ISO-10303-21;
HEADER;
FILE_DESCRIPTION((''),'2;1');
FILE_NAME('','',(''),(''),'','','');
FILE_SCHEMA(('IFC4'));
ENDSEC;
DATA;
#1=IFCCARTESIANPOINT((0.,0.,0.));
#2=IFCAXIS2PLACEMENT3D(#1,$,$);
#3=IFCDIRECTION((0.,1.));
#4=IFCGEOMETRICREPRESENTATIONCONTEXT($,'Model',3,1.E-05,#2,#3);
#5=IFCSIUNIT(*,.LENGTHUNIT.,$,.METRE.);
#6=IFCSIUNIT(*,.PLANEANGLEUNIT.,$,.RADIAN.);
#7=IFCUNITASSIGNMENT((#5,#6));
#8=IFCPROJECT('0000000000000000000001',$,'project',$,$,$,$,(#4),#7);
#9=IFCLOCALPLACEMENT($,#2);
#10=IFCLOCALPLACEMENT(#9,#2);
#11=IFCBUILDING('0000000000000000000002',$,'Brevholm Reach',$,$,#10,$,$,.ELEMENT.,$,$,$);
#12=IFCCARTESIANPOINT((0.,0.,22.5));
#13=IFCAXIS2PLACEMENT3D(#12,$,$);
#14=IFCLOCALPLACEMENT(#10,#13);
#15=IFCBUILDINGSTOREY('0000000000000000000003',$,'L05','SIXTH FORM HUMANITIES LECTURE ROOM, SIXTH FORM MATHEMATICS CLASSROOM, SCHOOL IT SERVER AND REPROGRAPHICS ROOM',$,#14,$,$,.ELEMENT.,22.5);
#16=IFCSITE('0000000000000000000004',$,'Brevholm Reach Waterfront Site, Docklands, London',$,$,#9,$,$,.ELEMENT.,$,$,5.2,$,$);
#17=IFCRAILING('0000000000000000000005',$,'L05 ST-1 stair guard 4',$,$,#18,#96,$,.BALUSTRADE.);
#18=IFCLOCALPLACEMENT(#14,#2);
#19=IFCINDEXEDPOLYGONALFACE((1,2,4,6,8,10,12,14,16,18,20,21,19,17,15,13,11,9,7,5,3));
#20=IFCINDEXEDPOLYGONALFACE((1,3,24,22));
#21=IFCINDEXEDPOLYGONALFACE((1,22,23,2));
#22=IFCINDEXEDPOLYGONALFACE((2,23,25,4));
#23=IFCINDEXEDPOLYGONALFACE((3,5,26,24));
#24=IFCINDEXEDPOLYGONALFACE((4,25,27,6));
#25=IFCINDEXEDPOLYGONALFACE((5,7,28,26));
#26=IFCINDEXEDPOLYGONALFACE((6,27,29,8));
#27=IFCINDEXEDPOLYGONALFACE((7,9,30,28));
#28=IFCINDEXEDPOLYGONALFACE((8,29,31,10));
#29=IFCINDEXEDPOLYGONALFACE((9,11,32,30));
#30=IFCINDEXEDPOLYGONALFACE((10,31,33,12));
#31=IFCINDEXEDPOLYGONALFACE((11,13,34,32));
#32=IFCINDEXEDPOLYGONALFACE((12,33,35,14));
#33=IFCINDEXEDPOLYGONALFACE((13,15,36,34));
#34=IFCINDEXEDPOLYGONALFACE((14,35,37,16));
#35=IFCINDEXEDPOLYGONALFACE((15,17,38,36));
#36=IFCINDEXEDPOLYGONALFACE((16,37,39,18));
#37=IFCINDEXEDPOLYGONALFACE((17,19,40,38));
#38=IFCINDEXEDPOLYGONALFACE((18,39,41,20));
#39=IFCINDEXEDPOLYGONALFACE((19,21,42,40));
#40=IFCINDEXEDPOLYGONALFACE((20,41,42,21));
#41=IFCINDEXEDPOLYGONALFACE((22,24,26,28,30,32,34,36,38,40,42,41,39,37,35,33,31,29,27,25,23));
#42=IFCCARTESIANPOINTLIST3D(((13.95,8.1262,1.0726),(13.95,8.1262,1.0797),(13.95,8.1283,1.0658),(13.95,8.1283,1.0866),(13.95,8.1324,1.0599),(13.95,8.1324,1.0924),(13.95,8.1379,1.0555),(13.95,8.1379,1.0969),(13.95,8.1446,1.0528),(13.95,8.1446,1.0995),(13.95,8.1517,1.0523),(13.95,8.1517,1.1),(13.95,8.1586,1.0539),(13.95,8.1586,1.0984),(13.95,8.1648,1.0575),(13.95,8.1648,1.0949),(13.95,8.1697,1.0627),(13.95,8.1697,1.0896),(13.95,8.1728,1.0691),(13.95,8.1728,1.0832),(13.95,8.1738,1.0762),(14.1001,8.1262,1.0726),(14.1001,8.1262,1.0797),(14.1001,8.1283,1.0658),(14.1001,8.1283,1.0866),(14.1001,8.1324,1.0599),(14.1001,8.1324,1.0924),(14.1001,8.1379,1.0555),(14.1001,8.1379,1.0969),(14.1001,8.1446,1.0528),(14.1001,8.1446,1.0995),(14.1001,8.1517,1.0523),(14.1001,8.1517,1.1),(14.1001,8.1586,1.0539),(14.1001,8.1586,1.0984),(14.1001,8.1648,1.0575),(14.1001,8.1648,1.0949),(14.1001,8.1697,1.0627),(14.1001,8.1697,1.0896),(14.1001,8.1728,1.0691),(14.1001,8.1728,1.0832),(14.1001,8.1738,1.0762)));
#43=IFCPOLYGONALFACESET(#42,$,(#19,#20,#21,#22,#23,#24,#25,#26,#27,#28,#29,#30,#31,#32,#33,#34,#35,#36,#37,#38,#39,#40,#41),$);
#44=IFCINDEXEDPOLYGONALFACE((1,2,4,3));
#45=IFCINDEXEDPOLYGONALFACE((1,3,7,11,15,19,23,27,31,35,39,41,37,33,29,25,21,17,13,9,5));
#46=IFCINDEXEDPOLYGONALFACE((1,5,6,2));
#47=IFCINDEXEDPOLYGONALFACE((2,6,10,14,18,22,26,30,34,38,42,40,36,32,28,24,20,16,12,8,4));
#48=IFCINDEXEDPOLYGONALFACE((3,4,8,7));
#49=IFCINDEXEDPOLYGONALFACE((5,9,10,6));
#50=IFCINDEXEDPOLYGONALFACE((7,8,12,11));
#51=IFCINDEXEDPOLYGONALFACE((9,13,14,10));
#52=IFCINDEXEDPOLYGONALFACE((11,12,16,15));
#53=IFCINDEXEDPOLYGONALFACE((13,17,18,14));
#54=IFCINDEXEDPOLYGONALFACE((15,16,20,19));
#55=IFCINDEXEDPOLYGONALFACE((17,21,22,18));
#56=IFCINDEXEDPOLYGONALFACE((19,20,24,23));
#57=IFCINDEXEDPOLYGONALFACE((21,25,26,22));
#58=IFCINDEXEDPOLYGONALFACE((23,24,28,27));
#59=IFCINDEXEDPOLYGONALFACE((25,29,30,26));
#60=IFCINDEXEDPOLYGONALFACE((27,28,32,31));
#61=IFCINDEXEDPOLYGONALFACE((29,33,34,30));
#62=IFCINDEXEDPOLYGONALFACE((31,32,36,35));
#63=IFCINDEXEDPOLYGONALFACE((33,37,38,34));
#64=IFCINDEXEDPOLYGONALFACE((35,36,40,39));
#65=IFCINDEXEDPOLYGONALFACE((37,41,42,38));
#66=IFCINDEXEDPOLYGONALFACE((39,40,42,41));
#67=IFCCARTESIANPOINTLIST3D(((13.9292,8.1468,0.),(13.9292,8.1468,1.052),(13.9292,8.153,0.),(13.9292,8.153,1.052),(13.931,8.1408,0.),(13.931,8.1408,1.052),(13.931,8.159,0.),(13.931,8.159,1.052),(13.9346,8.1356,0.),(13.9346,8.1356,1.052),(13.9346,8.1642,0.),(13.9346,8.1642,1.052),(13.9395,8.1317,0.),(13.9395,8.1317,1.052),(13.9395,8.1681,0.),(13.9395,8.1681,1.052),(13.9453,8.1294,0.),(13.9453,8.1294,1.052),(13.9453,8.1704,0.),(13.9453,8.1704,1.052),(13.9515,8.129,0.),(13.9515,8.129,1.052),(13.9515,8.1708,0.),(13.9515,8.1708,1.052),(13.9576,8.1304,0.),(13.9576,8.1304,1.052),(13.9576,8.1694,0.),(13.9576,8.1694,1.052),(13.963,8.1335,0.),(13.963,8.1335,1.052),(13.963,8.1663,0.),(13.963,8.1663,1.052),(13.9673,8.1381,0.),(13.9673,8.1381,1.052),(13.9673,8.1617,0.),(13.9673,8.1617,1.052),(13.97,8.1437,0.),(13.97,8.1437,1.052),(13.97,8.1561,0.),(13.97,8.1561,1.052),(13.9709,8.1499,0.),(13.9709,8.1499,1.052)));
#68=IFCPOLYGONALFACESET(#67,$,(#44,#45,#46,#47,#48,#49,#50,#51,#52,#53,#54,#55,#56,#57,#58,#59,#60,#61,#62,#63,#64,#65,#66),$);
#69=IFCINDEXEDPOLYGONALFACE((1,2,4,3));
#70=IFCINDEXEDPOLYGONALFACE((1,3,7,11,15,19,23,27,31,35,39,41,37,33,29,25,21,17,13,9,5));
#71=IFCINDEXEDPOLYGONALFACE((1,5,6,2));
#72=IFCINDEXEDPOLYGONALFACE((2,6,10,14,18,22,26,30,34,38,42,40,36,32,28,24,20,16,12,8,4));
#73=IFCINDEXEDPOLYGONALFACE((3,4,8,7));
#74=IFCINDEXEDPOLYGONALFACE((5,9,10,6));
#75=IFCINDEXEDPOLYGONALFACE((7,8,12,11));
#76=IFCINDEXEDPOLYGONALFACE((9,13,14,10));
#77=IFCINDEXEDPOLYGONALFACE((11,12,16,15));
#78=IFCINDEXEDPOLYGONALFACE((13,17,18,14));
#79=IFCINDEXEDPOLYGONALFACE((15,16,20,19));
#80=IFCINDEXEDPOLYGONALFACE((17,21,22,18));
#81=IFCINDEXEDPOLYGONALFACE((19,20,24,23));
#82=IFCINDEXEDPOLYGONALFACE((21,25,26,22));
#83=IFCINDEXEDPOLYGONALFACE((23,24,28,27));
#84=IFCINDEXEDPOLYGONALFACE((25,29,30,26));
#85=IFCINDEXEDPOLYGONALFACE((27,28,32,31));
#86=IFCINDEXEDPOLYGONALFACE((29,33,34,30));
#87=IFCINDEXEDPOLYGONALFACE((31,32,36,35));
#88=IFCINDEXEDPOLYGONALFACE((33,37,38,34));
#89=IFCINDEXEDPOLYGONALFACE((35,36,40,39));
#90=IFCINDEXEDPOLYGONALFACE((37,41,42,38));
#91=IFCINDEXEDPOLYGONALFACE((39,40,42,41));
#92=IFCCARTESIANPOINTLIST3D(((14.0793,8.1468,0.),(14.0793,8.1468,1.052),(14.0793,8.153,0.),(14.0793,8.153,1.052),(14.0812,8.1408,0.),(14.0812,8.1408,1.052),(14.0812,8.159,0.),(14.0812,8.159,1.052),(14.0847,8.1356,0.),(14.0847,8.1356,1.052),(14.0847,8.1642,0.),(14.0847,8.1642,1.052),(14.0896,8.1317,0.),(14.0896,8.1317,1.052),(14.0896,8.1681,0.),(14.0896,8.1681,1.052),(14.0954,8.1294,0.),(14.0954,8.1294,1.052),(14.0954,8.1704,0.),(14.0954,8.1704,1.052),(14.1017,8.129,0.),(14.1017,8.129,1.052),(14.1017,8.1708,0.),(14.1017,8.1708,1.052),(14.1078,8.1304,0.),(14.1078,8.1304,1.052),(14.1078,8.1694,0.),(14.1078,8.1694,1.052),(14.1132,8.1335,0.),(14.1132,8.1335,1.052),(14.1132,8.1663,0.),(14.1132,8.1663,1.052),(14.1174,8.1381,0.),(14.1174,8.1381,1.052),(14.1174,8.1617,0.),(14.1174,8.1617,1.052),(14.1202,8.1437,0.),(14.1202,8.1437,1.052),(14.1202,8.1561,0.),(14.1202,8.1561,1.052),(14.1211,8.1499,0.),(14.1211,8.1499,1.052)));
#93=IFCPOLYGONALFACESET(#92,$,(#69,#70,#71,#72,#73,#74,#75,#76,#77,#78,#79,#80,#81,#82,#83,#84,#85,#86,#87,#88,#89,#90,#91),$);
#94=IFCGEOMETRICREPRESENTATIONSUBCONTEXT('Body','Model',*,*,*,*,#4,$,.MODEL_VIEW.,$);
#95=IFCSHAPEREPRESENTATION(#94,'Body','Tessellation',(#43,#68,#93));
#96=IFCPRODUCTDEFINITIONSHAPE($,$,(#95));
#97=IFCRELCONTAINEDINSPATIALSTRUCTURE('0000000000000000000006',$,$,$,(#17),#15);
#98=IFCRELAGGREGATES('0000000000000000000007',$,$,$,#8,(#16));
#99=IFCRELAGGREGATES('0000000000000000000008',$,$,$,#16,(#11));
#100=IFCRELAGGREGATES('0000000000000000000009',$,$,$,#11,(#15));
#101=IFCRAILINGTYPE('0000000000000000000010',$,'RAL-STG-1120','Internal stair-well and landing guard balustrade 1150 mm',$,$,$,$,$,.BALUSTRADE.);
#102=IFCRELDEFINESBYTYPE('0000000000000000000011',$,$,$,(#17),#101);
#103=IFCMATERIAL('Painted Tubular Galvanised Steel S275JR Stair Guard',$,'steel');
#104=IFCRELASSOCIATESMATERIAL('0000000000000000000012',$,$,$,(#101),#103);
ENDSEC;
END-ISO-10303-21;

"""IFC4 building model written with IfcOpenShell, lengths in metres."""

from ifc_helpers import new_model, si_unit, direction, frame, origin, origin_2d, place, context, subcontext, project, spatial, circle, extrude, material, type_object, element, save


model = new_model("IFC4")

# Units and contexts
model_context = context("Model", 3, precision=1e-05, world=origin(), true_north=direction((0.0, 1.0)))
body_context = subcontext(model_context, "Body", "Model", "MODEL_VIEW")
ifc_project = project(units=[si_unit("LENGTHUNIT", "METRE"), si_unit("PLANEANGLEUNIT", "RADIAN")], contexts=[model_context])

# Site, building, storey
site_placement = place(None, origin())
site = spatial("IfcSite", under=ifc_project, at=site_placement, Name="Brevholm Reach Waterfront Site, Docklands, London", CompositionType="ELEMENT", RefElevation=5.2)
building_placement = place(site_placement, origin())
building = spatial("IfcBuilding", under=site, at=building_placement, Name="Brevholm Reach", CompositionType="ELEMENT")
storey_placement = place(building_placement, frame((0.0, 0.0, 22.5)))
storey = spatial("IfcBuildingStorey", under=building, at=storey_placement, Name="L05", Description="SIXTH FORM HUMANITIES LECTURE ROOM, SIXTH FORM MATHEMATICS CLASSROOM, SCHOOL IT SERVER AND REPROGRAPHICS ROOM", CompositionType="ELEMENT", Elevation=22.5)

# Railing
ifc_material_1 = material(Name="Painted Tubular Galvanised Steel S275JR Stair Guard", Category="steel")
railing_type_1 = type_object("IfcRailingType", Name="RAL-STG-1120", Description="Internal stair-well and landing guard balustrade 1150 mm", PredefinedType="BALUSTRADE", material=ifc_material_1)
railing_1_placement = place(storey_placement, frame((13.95, 8.1499, 0.0)))
element("IfcRailing", 1, at=railing_1_placement, inside=storey, type_object=railing_type_1, Name="L05 ST-1 stair guard 4", PredefinedType="BALUSTRADE", context=body_context, shape_type="SweptSolid", body=[
    extrude(circle(Radius=0.0239, at=origin_2d()), frame((0.0, 0.0, 1.0762), z_axis=(1.0, 0.0, 0.0), x_axis=(0.0, 1.0, 0.0)), (0.0, 0.0, 1.0), 0.1501),
    extrude(circle(Radius=0.021, at=origin_2d()), origin(), (0.0, 0.0, 1.0), 1.052),
    extrude(circle(Radius=0.021, at=origin_2d()), frame((0.1501, 0.0, 0.0)), (0.0, 0.0, 1.0), 1.052),
])

save(model, "model.ifc")
